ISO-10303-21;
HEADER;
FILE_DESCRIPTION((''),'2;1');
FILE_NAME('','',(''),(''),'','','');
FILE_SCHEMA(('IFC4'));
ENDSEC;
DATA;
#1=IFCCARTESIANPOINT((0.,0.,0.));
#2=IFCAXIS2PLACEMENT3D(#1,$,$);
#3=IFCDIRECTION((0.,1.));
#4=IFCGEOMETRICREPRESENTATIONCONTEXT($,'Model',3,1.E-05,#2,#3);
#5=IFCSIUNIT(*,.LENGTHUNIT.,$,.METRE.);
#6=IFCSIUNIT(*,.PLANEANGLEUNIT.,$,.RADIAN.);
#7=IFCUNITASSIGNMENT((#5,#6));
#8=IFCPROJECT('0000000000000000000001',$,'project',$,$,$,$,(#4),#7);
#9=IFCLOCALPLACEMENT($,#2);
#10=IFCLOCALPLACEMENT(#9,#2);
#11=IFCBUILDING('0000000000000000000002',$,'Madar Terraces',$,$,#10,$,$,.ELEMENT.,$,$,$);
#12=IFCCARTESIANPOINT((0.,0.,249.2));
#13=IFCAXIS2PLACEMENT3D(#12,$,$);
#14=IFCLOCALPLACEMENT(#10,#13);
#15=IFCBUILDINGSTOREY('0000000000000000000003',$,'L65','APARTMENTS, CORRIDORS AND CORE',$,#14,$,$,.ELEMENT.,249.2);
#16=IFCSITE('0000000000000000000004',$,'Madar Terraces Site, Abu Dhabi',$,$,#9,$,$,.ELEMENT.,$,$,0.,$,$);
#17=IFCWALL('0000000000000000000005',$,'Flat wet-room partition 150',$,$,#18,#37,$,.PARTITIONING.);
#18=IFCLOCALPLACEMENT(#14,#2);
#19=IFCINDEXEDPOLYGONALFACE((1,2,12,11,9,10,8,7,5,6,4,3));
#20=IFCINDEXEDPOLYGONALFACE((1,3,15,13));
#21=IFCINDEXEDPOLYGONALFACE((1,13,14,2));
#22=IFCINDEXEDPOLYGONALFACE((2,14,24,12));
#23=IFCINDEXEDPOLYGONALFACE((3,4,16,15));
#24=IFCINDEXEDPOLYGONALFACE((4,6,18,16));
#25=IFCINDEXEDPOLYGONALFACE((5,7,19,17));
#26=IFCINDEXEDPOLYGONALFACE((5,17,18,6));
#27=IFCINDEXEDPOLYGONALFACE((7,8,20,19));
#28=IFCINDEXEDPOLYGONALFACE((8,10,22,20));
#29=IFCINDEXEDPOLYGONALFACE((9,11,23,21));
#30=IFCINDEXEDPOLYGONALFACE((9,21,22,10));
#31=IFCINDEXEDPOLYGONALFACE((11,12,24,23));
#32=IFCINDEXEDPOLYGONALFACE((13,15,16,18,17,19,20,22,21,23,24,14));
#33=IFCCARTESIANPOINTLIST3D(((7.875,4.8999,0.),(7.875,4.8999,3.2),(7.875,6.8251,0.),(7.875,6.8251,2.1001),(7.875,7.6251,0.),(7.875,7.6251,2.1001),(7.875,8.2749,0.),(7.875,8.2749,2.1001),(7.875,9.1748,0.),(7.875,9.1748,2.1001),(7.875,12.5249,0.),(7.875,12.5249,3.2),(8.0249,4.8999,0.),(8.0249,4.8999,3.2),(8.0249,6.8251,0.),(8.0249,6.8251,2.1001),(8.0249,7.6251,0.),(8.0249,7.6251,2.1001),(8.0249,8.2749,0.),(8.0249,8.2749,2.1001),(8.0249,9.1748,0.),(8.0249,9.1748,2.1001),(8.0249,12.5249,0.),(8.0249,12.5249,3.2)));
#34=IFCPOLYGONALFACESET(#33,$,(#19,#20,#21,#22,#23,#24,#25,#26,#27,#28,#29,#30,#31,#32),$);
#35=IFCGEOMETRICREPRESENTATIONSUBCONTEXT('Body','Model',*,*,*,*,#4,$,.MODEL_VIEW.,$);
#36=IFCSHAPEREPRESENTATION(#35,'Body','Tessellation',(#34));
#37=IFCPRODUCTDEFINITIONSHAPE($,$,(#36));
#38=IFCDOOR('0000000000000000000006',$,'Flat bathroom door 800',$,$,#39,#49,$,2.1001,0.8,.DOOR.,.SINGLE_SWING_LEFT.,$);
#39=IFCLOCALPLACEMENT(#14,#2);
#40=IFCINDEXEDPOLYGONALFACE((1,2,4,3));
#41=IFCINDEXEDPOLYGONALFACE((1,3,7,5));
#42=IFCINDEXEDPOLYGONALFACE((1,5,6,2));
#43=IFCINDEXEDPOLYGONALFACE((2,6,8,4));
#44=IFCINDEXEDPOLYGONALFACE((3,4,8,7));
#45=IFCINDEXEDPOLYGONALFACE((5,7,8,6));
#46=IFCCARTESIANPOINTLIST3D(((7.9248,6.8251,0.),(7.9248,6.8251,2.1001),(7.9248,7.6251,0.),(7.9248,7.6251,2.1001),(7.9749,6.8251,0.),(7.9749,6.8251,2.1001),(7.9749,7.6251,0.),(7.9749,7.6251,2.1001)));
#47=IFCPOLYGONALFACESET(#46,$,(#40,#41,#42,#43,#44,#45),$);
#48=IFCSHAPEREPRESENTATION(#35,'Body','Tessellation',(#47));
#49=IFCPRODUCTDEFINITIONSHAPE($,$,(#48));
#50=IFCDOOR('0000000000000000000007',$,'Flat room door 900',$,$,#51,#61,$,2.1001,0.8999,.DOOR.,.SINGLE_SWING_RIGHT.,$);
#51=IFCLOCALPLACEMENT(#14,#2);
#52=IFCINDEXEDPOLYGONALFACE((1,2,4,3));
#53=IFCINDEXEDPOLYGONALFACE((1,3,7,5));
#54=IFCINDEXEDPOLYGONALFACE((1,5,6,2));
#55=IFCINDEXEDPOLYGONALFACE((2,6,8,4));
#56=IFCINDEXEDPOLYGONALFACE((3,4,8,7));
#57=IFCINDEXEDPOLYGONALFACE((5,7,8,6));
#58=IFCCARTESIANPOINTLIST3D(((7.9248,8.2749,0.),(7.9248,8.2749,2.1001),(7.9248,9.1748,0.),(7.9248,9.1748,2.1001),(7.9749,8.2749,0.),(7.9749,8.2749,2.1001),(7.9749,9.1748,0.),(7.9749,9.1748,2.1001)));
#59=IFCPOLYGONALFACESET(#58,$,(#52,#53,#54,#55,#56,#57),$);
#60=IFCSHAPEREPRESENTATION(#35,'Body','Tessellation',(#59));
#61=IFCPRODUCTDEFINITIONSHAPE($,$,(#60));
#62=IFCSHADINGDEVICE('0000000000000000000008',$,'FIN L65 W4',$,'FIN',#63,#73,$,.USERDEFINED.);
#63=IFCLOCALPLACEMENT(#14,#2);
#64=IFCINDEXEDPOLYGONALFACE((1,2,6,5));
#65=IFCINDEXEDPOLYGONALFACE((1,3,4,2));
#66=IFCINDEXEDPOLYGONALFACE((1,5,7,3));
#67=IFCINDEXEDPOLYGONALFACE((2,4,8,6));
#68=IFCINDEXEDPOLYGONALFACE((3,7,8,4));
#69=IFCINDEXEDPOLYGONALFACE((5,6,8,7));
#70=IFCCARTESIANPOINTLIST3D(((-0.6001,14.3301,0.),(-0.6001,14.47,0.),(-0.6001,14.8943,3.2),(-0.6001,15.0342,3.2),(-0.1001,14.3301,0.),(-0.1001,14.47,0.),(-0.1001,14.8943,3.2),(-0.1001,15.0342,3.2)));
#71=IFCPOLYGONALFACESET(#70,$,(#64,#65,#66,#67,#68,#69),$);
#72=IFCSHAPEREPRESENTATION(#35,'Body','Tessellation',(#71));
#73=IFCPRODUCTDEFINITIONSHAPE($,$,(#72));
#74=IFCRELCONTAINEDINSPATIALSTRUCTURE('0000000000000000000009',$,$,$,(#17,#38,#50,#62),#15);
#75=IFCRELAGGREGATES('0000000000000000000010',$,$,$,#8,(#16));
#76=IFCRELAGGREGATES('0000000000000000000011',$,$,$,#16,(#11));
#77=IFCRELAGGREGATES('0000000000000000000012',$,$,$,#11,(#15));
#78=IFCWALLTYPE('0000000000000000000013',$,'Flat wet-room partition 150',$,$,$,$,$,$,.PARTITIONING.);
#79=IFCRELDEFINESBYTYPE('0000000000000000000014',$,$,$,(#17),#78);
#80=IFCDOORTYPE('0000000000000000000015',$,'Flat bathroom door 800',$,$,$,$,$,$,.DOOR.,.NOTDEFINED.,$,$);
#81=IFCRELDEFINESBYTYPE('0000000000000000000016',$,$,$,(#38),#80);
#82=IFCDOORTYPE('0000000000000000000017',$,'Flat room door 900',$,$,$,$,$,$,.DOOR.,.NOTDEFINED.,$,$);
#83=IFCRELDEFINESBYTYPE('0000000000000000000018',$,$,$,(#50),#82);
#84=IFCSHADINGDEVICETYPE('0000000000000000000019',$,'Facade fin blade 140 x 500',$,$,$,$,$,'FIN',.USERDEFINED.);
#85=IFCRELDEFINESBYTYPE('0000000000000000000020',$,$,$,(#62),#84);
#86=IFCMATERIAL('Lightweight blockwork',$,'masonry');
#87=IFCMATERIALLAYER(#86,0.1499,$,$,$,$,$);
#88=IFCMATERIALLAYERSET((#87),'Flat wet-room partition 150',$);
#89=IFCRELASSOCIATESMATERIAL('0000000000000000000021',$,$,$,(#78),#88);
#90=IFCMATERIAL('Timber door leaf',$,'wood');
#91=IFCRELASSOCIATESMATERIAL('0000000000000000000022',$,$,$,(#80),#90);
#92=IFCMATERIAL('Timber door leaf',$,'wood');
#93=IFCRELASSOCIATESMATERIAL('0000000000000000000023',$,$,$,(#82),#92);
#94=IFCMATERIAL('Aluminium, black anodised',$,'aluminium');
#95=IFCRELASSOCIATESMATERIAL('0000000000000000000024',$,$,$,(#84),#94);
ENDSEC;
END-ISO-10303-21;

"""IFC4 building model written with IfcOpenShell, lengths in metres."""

from ifc_helpers import new_model, si_unit, direction, frame, frame_2d, origin, place, context, subcontext, project, spatial, polyline, rectangle, outline, extrude, material, layer, layer_set, type_object, element, fill, save


model = new_model("IFC4")

# Units and contexts
model_context = context("Model", 3, precision=1e-05, world=origin(), true_north=direction((0.0, 1.0)))
body_context = subcontext(model_context, "Body", "Model", "MODEL_VIEW")
ifc_project = project(units=[si_unit("LENGTHUNIT", "METRE"), si_unit("PLANEANGLEUNIT", "RADIAN")], contexts=[model_context])

# Site, building, storey
site_placement = place(None, origin())
site = spatial("IfcSite", under=ifc_project, at=site_placement, Name="Madar Terraces Site, Abu Dhabi", CompositionType="ELEMENT", RefElevation=0.0)
building_placement = place(site_placement, origin())
building = spatial("IfcBuilding", under=site, at=building_placement, Name="Madar Terraces", CompositionType="ELEMENT")
storey_placement = place(building_placement, frame((0.0, 0.0, 249.2)))
storey = spatial("IfcBuildingStorey", under=building, at=storey_placement, Name="L65", Description="APARTMENTS, CORRIDORS AND CORE", CompositionType="ELEMENT", Elevation=249.2)

# Shared definitions
ifc_material_1 = material(Name="Lightweight blockwork", Category="masonry")
ifc_layer_1 = layer(ifc_material_1, 0.1499)
ifc_layer_set_1 = layer_set([ifc_layer_1], Name="Flat wet-room partition 150")
wall_type_1 = type_object("IfcWallType", Name="Flat wet-room partition 150", PredefinedType="PARTITIONING", material=ifc_layer_set_1)

# Wall, openings, doors
wall_1_placement = place(storey_placement, frame((7.95, 12.5249, 0.0), z_axis=(0.0, 0.0, 1.0), x_axis=(0.0, -1.0, 0.0)))
wall_1 = element("IfcWall", 1, at=wall_1_placement, inside=storey, type_object=wall_type_1, Name="Flat wet-room partition 150", PredefinedType="PARTITIONING", context=body_context, shape_type="SweptSolid", body=[
    extrude(rectangle(XDim=7.625, YDim=0.1499, at=frame_2d((3.8125, 0.0))), origin(), (0.0, 0.0, 1.0), 3.2),
])
opening_1_placement = place(wall_1_placement, frame((3.3501, 0.0, 0.0)))
opening_1 = element("IfcOpeningElement", 2, at=opening_1_placement, cuts=wall_1, PredefinedType="OPENING", context=body_context, shape_type="SweptSolid", body=[
    extrude(rectangle(XDim=0.8999, YDim=2.1001, at=frame_2d((0.45, 1.05))), frame((0.0, 0.085, 0.0), z_axis=(0.0, -1.0, 0.0), x_axis=(1.0, 0.0, 0.0)), (0.0, 0.0, 1.0), 0.1699),
])
opening_2_placement = place(wall_1_placement, frame((4.8999, 0.0, 0.0)))
opening_2 = element("IfcOpeningElement", 3, at=opening_2_placement, cuts=wall_1, PredefinedType="OPENING", context=body_context, shape_type="SweptSolid", body=[
    extrude(rectangle(XDim=0.8, YDim=2.1001, at=frame_2d((0.3999, 1.05))), frame((0.0, 0.085, 0.0), z_axis=(0.0, -1.0, 0.0), x_axis=(1.0, 0.0, 0.0)), (0.0, 0.0, 1.0), 0.1699),
])
ifc_material_2 = material(Name="Timber door leaf", Category="wood")
door_type_1 = type_object("IfcDoorType", Name="Flat bathroom door 800", OperationType="NOTDEFINED", PredefinedType="DOOR", material=ifc_material_2)
door_1_placement = place(opening_2_placement, origin())
door_1 = element("IfcDoor", 4, at=door_1_placement, inside=storey, type_object=door_type_1, Name="Flat bathroom door 800", OperationType="SINGLE_SWING_LEFT", OverallHeight=2.1001, OverallWidth=0.8, PredefinedType="DOOR", context=body_context, shape_type="SweptSolid", body=[
    extrude(rectangle(XDim=0.8, YDim=2.1001, at=frame_2d((0.3999, 1.05))), frame((0.0, 0.0249, 0.0), z_axis=(0.0, -1.0, 0.0), x_axis=(1.0, 0.0, 0.0)), (0.0, 0.0, 1.0), 0.05),
])
fill(opening_2, door_1)
ifc_material_3 = material(Name="Timber door leaf", Category="wood")
door_type_2 = type_object("IfcDoorType", Name="Flat room door 900", OperationType="NOTDEFINED", PredefinedType="DOOR", material=ifc_material_3)
door_2_placement = place(opening_1_placement, origin())
door_2 = element("IfcDoor", 5, at=door_2_placement, inside=storey, type_object=door_type_2, Name="Flat room door 900", OperationType="SINGLE_SWING_RIGHT", OverallHeight=2.1001, OverallWidth=0.8999, PredefinedType="DOOR", context=body_context, shape_type="SweptSolid", body=[
    extrude(rectangle(XDim=0.8999, YDim=2.1001, at=frame_2d((0.45, 1.05))), frame((0.0, 0.0249, 0.0), z_axis=(0.0, -1.0, 0.0), x_axis=(1.0, 0.0, 0.0)), (0.0, 0.0, 1.0), 0.05),
])
fill(opening_1, door_2)

# Shading device
ifc_material_4 = material(Name="Aluminium, black anodised", Category="aluminium")
shading_device_type = type_object("IfcShadingDeviceType", Name="Facade fin blade 140 x 500", ElementType="FIN", PredefinedType="USERDEFINED", material=ifc_material_4)
shading_device_placement = place(storey_placement, frame((-0.3501, 14.47, 0.0), z_axis=(0.0, 0.0, 1.0), x_axis=(0.0, -1.0, 0.0)))
element("IfcShadingDevice", 6, at=shading_device_placement, inside=storey, type_object=shading_device_type, Name="FIN L65 W4", ObjectType="FIN", PredefinedType="USERDEFINED", context=body_context, shape_type="SweptSolid", body=[
    extrude(outline(polyline([(0.0, 0.0), (0.1399, 0.0), (-0.4243, 3.2), (-0.5642, 3.2), (0.0, 0.0)])), frame((0.0, 0.25, 0.0), z_axis=(0.0, -1.0, 0.0), x_axis=(1.0, 0.0, 0.0)), (0.0, 0.0, 1.0), 0.5),
])

save(model, "model.ifc")
